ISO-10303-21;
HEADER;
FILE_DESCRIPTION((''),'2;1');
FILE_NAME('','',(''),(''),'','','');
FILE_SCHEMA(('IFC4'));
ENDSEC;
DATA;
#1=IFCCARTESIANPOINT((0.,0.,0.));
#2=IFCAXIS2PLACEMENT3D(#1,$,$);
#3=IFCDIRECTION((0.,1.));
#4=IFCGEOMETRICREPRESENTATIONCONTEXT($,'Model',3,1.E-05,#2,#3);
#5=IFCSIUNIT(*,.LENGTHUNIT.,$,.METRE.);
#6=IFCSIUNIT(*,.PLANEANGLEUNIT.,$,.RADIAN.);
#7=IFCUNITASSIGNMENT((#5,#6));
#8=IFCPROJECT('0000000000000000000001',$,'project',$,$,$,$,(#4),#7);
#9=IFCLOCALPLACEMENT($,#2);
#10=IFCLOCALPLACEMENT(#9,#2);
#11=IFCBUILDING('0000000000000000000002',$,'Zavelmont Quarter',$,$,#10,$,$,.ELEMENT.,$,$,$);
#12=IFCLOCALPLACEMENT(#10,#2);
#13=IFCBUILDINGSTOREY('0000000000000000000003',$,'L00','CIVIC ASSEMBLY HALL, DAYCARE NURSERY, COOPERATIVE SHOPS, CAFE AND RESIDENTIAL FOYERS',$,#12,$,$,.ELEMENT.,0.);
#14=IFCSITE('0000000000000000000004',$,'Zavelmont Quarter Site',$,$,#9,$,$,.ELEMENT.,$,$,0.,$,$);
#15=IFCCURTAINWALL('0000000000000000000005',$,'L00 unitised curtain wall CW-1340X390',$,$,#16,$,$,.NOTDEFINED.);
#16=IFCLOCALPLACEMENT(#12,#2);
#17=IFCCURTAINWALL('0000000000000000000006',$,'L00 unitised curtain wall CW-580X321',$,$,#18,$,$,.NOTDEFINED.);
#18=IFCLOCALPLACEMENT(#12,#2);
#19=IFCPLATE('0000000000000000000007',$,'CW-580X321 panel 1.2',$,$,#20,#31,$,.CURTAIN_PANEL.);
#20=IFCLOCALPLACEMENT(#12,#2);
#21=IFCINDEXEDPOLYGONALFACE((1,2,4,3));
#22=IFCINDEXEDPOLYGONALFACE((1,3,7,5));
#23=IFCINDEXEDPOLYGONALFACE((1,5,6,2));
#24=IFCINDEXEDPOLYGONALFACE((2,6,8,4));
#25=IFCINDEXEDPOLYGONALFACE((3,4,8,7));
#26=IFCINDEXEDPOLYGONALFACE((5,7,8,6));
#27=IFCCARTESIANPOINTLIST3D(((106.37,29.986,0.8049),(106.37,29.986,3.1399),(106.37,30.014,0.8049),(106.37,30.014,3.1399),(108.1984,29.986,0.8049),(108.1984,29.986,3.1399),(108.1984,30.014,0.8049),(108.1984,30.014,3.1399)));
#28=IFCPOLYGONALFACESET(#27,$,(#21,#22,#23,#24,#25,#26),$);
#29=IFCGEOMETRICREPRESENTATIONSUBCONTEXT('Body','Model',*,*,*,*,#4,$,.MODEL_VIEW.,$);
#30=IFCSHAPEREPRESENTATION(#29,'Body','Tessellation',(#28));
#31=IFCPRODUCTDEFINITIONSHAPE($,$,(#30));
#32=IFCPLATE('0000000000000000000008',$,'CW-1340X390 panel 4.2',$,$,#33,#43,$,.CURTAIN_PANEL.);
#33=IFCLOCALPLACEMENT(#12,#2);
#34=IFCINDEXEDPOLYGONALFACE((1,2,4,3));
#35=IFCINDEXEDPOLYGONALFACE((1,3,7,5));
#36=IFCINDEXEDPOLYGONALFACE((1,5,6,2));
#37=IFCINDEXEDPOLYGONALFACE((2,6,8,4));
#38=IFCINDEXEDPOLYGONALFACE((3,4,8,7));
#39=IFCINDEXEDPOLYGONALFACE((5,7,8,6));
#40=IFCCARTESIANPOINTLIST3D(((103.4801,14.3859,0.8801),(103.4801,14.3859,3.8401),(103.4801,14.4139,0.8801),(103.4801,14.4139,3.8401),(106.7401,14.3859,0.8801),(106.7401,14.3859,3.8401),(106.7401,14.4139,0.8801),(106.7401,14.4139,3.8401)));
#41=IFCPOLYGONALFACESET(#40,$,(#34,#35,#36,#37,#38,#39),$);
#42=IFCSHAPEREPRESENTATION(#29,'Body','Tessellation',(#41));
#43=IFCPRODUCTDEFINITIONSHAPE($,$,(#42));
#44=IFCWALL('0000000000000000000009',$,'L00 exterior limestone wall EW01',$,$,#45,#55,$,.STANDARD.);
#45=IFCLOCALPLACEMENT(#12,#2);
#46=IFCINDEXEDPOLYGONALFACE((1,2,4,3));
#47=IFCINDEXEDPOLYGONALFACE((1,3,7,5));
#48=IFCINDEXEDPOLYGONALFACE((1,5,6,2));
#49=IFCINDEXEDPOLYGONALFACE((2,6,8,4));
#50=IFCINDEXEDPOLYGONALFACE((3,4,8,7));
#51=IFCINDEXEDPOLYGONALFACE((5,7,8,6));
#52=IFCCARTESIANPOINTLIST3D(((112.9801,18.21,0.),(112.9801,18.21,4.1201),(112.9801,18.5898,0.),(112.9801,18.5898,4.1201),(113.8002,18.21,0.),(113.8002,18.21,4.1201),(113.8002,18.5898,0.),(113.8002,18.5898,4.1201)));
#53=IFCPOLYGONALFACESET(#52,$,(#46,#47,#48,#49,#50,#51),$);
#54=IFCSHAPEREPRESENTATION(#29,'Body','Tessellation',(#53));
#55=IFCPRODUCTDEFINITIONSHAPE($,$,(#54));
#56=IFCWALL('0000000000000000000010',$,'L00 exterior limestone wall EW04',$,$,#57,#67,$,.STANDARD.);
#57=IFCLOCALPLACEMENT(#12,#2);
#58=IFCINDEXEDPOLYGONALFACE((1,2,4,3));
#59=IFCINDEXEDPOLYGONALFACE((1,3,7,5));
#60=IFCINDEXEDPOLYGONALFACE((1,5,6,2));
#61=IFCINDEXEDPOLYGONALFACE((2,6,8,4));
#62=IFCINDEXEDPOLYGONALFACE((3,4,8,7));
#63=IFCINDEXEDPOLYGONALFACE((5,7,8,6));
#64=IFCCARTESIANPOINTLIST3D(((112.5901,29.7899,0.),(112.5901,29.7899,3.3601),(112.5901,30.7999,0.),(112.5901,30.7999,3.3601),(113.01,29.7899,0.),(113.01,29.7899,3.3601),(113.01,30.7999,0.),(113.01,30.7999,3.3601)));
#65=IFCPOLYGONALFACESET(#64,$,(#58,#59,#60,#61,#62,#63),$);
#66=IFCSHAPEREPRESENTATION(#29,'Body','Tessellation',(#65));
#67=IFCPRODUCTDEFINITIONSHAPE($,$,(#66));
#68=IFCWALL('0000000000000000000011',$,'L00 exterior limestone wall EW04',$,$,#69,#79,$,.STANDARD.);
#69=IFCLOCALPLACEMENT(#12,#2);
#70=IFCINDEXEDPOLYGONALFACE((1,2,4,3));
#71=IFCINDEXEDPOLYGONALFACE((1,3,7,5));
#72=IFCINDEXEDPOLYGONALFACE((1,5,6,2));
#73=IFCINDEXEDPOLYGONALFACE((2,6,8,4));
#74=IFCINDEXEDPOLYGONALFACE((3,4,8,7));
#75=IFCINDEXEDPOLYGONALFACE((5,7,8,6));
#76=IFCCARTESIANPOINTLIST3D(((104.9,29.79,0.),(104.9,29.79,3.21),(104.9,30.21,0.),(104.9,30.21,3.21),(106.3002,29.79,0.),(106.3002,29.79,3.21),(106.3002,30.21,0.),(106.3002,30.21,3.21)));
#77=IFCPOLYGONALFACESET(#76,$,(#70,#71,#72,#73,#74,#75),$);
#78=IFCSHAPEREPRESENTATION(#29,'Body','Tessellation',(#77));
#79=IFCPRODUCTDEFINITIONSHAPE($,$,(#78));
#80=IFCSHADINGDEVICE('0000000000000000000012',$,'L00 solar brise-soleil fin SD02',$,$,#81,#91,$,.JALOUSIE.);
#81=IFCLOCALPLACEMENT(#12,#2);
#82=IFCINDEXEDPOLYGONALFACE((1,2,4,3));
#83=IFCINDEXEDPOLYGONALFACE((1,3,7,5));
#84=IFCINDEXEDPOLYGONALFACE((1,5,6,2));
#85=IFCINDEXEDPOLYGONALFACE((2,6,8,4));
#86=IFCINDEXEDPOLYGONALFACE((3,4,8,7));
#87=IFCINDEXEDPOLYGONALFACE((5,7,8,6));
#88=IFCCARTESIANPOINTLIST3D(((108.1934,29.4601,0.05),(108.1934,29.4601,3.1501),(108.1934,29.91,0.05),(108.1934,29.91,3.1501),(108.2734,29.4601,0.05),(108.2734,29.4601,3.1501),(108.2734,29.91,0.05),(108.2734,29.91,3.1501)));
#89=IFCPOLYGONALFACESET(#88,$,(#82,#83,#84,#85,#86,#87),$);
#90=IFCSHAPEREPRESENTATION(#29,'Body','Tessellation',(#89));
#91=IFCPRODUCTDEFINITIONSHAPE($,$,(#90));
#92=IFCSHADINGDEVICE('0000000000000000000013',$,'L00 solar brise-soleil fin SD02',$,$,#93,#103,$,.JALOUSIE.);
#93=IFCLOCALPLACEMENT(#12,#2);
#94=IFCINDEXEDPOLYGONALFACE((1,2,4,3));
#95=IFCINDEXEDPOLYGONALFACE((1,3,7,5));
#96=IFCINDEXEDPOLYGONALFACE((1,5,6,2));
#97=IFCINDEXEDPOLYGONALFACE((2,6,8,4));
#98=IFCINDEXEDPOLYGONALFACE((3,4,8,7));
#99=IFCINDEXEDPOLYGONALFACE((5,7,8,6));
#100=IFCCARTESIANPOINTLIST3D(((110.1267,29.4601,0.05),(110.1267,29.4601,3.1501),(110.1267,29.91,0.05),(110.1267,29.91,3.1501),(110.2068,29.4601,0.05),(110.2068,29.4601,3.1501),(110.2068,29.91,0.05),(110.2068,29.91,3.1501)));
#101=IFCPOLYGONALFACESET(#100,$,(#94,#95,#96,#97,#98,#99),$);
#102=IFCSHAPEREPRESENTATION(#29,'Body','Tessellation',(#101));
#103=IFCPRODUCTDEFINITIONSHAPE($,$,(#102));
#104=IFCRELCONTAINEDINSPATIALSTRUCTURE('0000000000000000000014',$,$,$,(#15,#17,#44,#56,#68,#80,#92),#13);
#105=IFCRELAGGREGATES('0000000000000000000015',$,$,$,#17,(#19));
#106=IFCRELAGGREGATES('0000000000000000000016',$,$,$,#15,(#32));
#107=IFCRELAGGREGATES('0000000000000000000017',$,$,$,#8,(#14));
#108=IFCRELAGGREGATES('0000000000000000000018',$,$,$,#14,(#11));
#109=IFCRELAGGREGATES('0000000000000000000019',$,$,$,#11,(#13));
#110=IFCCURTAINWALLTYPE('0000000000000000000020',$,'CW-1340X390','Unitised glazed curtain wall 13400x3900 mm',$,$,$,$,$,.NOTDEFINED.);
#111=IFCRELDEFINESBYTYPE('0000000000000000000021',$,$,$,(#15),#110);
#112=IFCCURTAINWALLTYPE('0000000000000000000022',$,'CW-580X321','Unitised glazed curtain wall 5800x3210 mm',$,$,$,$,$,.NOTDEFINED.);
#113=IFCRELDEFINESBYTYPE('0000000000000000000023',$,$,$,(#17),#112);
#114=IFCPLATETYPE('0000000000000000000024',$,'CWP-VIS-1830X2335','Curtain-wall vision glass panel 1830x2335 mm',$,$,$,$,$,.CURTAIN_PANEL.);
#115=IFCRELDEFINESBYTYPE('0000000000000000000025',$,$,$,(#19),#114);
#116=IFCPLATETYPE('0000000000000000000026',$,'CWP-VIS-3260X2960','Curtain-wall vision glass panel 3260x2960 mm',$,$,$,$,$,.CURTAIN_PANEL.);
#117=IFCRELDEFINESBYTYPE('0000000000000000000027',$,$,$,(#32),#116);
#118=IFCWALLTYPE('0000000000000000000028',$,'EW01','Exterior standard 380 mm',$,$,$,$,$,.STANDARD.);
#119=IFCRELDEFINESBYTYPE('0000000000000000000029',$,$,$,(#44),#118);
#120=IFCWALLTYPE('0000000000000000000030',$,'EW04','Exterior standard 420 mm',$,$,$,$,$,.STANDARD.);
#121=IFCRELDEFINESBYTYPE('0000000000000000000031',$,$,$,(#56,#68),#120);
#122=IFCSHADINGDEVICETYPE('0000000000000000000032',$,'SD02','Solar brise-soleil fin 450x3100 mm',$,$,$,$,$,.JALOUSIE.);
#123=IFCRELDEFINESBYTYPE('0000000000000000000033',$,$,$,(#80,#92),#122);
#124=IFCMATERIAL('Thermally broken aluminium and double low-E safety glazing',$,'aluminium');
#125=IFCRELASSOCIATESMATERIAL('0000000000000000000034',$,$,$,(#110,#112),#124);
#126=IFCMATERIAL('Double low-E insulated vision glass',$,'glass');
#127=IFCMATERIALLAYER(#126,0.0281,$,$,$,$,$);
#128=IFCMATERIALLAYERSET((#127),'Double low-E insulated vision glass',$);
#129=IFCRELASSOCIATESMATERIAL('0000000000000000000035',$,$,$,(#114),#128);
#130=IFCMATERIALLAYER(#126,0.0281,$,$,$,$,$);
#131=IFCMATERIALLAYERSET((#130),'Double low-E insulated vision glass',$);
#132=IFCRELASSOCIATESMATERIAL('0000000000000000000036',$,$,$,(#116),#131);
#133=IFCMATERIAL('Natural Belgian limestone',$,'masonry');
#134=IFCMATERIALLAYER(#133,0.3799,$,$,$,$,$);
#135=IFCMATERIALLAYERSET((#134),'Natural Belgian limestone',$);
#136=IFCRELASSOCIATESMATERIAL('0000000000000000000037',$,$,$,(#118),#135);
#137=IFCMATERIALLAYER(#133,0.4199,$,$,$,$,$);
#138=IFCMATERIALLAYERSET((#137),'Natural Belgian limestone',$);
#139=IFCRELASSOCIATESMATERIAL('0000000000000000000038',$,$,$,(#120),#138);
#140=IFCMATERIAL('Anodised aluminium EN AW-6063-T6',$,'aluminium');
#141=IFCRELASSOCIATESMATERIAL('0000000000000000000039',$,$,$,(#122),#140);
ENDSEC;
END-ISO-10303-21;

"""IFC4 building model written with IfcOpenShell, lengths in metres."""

from ifc_helpers import new_model, si_unit, direction, frame, frame_2d, origin, origin_2d, place, context, subcontext, project, spatial, rectangle, extrude, material, layer, layer_set, type_object, element, aggregate, save


model = new_model("IFC4")

# Units and contexts
model_context = context("Model", 3, precision=1e-05, world=origin(), true_north=direction((0.0, 1.0)))
body_context = subcontext(model_context, "Body", "Model", "MODEL_VIEW")
ifc_project = project(units=[si_unit("LENGTHUNIT", "METRE"), si_unit("PLANEANGLEUNIT", "RADIAN")], contexts=[model_context])

# Site, building, storey
site_placement = place(None, origin())
site = spatial("IfcSite", under=ifc_project, at=site_placement, Name="Zavelmont Quarter Site", CompositionType="ELEMENT", RefElevation=0.0)
building_placement = place(site_placement, origin())
building = spatial("IfcBuilding", under=site, at=building_placement, Name="Zavelmont Quarter", CompositionType="ELEMENT")
storey_placement = place(building_placement, origin())
storey = spatial("IfcBuildingStorey", under=building, at=storey_placement, Name="L00", Description="CIVIC ASSEMBLY HALL, DAYCARE NURSERY, COOPERATIVE SHOPS, CAFE AND RESIDENTIAL FOYERS", CompositionType="ELEMENT", Elevation=0.0)

# Curtain wall
ifc_material_1 = material(Name="Thermally broken aluminium and double low-E safety glazing", Category="aluminium")
curtain_wall_type_1 = type_object("IfcCurtainWallType", Name="CW-1340X390", Description="Unitised glazed curtain wall 13400x3900 mm", PredefinedType="NOTDEFINED", material=ifc_material_1)
curtain_wall_1_placement = place(storey_placement, origin())
curtain_wall_1 = element("IfcCurtainWall", 1, at=curtain_wall_1_placement, inside=storey, type_object=curtain_wall_type_1, Name="L00 unitised curtain wall CW-1340X390", PredefinedType="NOTDEFINED")
curtain_wall_type_2 = type_object("IfcCurtainWallType", Name="CW-580X321", Description="Unitised glazed curtain wall 5800x3210 mm", PredefinedType="NOTDEFINED", material=ifc_material_1)

# Curtain wall
curtain_wall_2_placement = place(storey_placement, origin())
curtain_wall_2 = element("IfcCurtainWall", 2, at=curtain_wall_2_placement, inside=storey, type_object=curtain_wall_type_2, Name="L00 unitised curtain wall CW-580X321", PredefinedType="NOTDEFINED")

# Plates
ifc_material_2 = material(Name="Double low-E insulated vision glass", Category="glass")
ifc_layer_1 = layer(ifc_material_2, 0.0281)
ifc_layer_set_1 = layer_set([ifc_layer_1], Name="Double low-E insulated vision glass")
plate_type_1 = type_object("IfcPlateType", Name="CWP-VIS-1830X2335", Description="Curtain-wall vision glass panel 1830x2335 mm", PredefinedType="CURTAIN_PANEL", material=ifc_layer_set_1)
plate_1_placement = place(storey_placement, frame((107.2842, 30.0, 0.8049), z_axis=(0.0, 0.0, 1.0), x_axis=(1.0, 0.0, 0.0)))
plate_1 = element("IfcPlate", 3, at=plate_1_placement, type_object=plate_type_1, Name="CW-580X321 panel 1.2", PredefinedType="CURTAIN_PANEL", context=body_context, shape_type="SweptSolid", body=[
    extrude(rectangle(XDim=1.8284, YDim=0.0281, at=origin_2d()), origin(), (0.0, 0.0, 1.0), 2.335),
])
aggregate(curtain_wall_2, [plate_1])
ifc_layer_2 = layer(ifc_material_2, 0.0281)
ifc_layer_set_2 = layer_set([ifc_layer_2], Name="Double low-E insulated vision glass")
plate_type_2 = type_object("IfcPlateType", Name="CWP-VIS-3260X2960", Description="Curtain-wall vision glass panel 3260x2960 mm", PredefinedType="CURTAIN_PANEL", material=ifc_layer_set_2)
plate_2_placement = place(storey_placement, frame((105.1101, 14.3999, 0.8801), z_axis=(0.0, 0.0, 1.0), x_axis=(1.0, 0.0, 0.0)))
plate_2 = element("IfcPlate", 4, at=plate_2_placement, type_object=plate_type_2, Name="CW-1340X390 panel 4.2", PredefinedType="CURTAIN_PANEL", context=body_context, shape_type="SweptSolid", body=[
    extrude(rectangle(XDim=3.26, YDim=0.0281, at=origin_2d()), origin(), (0.0, 0.0, 1.0), 2.96),
])
aggregate(curtain_wall_1, [plate_2])

# Walls
ifc_material_3 = material(Name="Natural Belgian limestone", Category="masonry")
ifc_layer_3 = layer(ifc_material_3, 0.3799)
ifc_layer_set_3 = layer_set([ifc_layer_3], Name="Natural Belgian limestone")
wall_type_1 = type_object("IfcWallType", Name="EW01", Description="Exterior standard 380 mm", PredefinedType="STANDARD", material=ifc_layer_set_3)
wall_1_placement = place(storey_placement, frame((112.98, 18.3999, 0.0), z_axis=(0.0, 0.0, 1.0), x_axis=(1.0, 0.0, 0.0)))
element("IfcWall", 5, at=wall_1_placement, inside=storey, type_object=wall_type_1, Name="L00 exterior limestone wall EW01", PredefinedType="STANDARD", context=body_context, shape_type="SweptSolid", body=[
    extrude(rectangle(XDim=0.8201, YDim=0.3799, at=frame_2d((0.4102, 0.0))), origin(), (0.0, 0.0, 1.0), 4.1201),
])
ifc_layer_4 = layer(ifc_material_3, 0.4199)
ifc_layer_set_4 = layer_set([ifc_layer_4], Name="Natural Belgian limestone")
wall_type_2 = type_object("IfcWallType", Name="EW04", Description="Exterior standard 420 mm", PredefinedType="STANDARD", material=ifc_layer_set_4)
wall_2_placement = place(storey_placement, frame((112.8, 29.79, 0.0), z_axis=(0.0, 0.0, 1.0), x_axis=(0.0, 1.0, 0.0)))
element("IfcWall", 6, at=wall_2_placement, inside=storey, type_object=wall_type_2, Name="L00 exterior limestone wall EW04", PredefinedType="STANDARD", context=body_context, shape_type="SweptSolid", body=[
    extrude(rectangle(XDim=1.01, YDim=0.4199, at=frame_2d((0.5049, 0.0))), origin(), (0.0, 0.0, 1.0), 3.3601),
])
wall_3_placement = place(storey_placement, frame((104.8999, 30.0, 0.0), z_axis=(0.0, 0.0, 1.0), x_axis=(1.0, 0.0, 0.0)))
element("IfcWall", 7, at=wall_3_placement, inside=storey, type_object=wall_type_2, Name="L00 exterior limestone wall EW04", PredefinedType="STANDARD", context=body_context, shape_type="SweptSolid", body=[
    extrude(rectangle(XDim=1.4001, YDim=0.4199, at=frame_2d((0.7002, 0.0))), origin(), (0.0, 0.0, 1.0), 3.21),
])

# Shading devices
ifc_material_4 = material(Name="Anodised aluminium EN AW-6063-T6", Category="aluminium")
shading_device_type = type_object("IfcShadingDeviceType", Name="SD02", Description="Solar brise-soleil fin 450x3100 mm", PredefinedType="JALOUSIE", material=ifc_material_4)
for number, where, z_axis, x_axis, name in (
    (8, (108.2334, 29.6851, 0.05), (0.0, 0.0, 1.0), (1.0, 0.0, 0.0), "L00 solar brise-soleil fin SD02"),
    (9, (110.1667, 29.6851, 0.05), (0.0, 0.0, 1.0), (1.0, 0.0, 0.0), "L00 solar brise-soleil fin SD02"),
):
    element("IfcShadingDevice", number, at=place(storey_placement, frame(where, z_axis=z_axis, x_axis=x_axis)), inside=storey, type_object=shading_device_type, Name=name, PredefinedType="JALOUSIE", context=body_context, shape_type="SweptSolid", body=[
        extrude(rectangle(XDim=0.0801, YDim=0.45, at=origin_2d()), origin(), (0.0, 0.0, 1.0), 3.1001),
    ])

save(model, "model.ifc")
